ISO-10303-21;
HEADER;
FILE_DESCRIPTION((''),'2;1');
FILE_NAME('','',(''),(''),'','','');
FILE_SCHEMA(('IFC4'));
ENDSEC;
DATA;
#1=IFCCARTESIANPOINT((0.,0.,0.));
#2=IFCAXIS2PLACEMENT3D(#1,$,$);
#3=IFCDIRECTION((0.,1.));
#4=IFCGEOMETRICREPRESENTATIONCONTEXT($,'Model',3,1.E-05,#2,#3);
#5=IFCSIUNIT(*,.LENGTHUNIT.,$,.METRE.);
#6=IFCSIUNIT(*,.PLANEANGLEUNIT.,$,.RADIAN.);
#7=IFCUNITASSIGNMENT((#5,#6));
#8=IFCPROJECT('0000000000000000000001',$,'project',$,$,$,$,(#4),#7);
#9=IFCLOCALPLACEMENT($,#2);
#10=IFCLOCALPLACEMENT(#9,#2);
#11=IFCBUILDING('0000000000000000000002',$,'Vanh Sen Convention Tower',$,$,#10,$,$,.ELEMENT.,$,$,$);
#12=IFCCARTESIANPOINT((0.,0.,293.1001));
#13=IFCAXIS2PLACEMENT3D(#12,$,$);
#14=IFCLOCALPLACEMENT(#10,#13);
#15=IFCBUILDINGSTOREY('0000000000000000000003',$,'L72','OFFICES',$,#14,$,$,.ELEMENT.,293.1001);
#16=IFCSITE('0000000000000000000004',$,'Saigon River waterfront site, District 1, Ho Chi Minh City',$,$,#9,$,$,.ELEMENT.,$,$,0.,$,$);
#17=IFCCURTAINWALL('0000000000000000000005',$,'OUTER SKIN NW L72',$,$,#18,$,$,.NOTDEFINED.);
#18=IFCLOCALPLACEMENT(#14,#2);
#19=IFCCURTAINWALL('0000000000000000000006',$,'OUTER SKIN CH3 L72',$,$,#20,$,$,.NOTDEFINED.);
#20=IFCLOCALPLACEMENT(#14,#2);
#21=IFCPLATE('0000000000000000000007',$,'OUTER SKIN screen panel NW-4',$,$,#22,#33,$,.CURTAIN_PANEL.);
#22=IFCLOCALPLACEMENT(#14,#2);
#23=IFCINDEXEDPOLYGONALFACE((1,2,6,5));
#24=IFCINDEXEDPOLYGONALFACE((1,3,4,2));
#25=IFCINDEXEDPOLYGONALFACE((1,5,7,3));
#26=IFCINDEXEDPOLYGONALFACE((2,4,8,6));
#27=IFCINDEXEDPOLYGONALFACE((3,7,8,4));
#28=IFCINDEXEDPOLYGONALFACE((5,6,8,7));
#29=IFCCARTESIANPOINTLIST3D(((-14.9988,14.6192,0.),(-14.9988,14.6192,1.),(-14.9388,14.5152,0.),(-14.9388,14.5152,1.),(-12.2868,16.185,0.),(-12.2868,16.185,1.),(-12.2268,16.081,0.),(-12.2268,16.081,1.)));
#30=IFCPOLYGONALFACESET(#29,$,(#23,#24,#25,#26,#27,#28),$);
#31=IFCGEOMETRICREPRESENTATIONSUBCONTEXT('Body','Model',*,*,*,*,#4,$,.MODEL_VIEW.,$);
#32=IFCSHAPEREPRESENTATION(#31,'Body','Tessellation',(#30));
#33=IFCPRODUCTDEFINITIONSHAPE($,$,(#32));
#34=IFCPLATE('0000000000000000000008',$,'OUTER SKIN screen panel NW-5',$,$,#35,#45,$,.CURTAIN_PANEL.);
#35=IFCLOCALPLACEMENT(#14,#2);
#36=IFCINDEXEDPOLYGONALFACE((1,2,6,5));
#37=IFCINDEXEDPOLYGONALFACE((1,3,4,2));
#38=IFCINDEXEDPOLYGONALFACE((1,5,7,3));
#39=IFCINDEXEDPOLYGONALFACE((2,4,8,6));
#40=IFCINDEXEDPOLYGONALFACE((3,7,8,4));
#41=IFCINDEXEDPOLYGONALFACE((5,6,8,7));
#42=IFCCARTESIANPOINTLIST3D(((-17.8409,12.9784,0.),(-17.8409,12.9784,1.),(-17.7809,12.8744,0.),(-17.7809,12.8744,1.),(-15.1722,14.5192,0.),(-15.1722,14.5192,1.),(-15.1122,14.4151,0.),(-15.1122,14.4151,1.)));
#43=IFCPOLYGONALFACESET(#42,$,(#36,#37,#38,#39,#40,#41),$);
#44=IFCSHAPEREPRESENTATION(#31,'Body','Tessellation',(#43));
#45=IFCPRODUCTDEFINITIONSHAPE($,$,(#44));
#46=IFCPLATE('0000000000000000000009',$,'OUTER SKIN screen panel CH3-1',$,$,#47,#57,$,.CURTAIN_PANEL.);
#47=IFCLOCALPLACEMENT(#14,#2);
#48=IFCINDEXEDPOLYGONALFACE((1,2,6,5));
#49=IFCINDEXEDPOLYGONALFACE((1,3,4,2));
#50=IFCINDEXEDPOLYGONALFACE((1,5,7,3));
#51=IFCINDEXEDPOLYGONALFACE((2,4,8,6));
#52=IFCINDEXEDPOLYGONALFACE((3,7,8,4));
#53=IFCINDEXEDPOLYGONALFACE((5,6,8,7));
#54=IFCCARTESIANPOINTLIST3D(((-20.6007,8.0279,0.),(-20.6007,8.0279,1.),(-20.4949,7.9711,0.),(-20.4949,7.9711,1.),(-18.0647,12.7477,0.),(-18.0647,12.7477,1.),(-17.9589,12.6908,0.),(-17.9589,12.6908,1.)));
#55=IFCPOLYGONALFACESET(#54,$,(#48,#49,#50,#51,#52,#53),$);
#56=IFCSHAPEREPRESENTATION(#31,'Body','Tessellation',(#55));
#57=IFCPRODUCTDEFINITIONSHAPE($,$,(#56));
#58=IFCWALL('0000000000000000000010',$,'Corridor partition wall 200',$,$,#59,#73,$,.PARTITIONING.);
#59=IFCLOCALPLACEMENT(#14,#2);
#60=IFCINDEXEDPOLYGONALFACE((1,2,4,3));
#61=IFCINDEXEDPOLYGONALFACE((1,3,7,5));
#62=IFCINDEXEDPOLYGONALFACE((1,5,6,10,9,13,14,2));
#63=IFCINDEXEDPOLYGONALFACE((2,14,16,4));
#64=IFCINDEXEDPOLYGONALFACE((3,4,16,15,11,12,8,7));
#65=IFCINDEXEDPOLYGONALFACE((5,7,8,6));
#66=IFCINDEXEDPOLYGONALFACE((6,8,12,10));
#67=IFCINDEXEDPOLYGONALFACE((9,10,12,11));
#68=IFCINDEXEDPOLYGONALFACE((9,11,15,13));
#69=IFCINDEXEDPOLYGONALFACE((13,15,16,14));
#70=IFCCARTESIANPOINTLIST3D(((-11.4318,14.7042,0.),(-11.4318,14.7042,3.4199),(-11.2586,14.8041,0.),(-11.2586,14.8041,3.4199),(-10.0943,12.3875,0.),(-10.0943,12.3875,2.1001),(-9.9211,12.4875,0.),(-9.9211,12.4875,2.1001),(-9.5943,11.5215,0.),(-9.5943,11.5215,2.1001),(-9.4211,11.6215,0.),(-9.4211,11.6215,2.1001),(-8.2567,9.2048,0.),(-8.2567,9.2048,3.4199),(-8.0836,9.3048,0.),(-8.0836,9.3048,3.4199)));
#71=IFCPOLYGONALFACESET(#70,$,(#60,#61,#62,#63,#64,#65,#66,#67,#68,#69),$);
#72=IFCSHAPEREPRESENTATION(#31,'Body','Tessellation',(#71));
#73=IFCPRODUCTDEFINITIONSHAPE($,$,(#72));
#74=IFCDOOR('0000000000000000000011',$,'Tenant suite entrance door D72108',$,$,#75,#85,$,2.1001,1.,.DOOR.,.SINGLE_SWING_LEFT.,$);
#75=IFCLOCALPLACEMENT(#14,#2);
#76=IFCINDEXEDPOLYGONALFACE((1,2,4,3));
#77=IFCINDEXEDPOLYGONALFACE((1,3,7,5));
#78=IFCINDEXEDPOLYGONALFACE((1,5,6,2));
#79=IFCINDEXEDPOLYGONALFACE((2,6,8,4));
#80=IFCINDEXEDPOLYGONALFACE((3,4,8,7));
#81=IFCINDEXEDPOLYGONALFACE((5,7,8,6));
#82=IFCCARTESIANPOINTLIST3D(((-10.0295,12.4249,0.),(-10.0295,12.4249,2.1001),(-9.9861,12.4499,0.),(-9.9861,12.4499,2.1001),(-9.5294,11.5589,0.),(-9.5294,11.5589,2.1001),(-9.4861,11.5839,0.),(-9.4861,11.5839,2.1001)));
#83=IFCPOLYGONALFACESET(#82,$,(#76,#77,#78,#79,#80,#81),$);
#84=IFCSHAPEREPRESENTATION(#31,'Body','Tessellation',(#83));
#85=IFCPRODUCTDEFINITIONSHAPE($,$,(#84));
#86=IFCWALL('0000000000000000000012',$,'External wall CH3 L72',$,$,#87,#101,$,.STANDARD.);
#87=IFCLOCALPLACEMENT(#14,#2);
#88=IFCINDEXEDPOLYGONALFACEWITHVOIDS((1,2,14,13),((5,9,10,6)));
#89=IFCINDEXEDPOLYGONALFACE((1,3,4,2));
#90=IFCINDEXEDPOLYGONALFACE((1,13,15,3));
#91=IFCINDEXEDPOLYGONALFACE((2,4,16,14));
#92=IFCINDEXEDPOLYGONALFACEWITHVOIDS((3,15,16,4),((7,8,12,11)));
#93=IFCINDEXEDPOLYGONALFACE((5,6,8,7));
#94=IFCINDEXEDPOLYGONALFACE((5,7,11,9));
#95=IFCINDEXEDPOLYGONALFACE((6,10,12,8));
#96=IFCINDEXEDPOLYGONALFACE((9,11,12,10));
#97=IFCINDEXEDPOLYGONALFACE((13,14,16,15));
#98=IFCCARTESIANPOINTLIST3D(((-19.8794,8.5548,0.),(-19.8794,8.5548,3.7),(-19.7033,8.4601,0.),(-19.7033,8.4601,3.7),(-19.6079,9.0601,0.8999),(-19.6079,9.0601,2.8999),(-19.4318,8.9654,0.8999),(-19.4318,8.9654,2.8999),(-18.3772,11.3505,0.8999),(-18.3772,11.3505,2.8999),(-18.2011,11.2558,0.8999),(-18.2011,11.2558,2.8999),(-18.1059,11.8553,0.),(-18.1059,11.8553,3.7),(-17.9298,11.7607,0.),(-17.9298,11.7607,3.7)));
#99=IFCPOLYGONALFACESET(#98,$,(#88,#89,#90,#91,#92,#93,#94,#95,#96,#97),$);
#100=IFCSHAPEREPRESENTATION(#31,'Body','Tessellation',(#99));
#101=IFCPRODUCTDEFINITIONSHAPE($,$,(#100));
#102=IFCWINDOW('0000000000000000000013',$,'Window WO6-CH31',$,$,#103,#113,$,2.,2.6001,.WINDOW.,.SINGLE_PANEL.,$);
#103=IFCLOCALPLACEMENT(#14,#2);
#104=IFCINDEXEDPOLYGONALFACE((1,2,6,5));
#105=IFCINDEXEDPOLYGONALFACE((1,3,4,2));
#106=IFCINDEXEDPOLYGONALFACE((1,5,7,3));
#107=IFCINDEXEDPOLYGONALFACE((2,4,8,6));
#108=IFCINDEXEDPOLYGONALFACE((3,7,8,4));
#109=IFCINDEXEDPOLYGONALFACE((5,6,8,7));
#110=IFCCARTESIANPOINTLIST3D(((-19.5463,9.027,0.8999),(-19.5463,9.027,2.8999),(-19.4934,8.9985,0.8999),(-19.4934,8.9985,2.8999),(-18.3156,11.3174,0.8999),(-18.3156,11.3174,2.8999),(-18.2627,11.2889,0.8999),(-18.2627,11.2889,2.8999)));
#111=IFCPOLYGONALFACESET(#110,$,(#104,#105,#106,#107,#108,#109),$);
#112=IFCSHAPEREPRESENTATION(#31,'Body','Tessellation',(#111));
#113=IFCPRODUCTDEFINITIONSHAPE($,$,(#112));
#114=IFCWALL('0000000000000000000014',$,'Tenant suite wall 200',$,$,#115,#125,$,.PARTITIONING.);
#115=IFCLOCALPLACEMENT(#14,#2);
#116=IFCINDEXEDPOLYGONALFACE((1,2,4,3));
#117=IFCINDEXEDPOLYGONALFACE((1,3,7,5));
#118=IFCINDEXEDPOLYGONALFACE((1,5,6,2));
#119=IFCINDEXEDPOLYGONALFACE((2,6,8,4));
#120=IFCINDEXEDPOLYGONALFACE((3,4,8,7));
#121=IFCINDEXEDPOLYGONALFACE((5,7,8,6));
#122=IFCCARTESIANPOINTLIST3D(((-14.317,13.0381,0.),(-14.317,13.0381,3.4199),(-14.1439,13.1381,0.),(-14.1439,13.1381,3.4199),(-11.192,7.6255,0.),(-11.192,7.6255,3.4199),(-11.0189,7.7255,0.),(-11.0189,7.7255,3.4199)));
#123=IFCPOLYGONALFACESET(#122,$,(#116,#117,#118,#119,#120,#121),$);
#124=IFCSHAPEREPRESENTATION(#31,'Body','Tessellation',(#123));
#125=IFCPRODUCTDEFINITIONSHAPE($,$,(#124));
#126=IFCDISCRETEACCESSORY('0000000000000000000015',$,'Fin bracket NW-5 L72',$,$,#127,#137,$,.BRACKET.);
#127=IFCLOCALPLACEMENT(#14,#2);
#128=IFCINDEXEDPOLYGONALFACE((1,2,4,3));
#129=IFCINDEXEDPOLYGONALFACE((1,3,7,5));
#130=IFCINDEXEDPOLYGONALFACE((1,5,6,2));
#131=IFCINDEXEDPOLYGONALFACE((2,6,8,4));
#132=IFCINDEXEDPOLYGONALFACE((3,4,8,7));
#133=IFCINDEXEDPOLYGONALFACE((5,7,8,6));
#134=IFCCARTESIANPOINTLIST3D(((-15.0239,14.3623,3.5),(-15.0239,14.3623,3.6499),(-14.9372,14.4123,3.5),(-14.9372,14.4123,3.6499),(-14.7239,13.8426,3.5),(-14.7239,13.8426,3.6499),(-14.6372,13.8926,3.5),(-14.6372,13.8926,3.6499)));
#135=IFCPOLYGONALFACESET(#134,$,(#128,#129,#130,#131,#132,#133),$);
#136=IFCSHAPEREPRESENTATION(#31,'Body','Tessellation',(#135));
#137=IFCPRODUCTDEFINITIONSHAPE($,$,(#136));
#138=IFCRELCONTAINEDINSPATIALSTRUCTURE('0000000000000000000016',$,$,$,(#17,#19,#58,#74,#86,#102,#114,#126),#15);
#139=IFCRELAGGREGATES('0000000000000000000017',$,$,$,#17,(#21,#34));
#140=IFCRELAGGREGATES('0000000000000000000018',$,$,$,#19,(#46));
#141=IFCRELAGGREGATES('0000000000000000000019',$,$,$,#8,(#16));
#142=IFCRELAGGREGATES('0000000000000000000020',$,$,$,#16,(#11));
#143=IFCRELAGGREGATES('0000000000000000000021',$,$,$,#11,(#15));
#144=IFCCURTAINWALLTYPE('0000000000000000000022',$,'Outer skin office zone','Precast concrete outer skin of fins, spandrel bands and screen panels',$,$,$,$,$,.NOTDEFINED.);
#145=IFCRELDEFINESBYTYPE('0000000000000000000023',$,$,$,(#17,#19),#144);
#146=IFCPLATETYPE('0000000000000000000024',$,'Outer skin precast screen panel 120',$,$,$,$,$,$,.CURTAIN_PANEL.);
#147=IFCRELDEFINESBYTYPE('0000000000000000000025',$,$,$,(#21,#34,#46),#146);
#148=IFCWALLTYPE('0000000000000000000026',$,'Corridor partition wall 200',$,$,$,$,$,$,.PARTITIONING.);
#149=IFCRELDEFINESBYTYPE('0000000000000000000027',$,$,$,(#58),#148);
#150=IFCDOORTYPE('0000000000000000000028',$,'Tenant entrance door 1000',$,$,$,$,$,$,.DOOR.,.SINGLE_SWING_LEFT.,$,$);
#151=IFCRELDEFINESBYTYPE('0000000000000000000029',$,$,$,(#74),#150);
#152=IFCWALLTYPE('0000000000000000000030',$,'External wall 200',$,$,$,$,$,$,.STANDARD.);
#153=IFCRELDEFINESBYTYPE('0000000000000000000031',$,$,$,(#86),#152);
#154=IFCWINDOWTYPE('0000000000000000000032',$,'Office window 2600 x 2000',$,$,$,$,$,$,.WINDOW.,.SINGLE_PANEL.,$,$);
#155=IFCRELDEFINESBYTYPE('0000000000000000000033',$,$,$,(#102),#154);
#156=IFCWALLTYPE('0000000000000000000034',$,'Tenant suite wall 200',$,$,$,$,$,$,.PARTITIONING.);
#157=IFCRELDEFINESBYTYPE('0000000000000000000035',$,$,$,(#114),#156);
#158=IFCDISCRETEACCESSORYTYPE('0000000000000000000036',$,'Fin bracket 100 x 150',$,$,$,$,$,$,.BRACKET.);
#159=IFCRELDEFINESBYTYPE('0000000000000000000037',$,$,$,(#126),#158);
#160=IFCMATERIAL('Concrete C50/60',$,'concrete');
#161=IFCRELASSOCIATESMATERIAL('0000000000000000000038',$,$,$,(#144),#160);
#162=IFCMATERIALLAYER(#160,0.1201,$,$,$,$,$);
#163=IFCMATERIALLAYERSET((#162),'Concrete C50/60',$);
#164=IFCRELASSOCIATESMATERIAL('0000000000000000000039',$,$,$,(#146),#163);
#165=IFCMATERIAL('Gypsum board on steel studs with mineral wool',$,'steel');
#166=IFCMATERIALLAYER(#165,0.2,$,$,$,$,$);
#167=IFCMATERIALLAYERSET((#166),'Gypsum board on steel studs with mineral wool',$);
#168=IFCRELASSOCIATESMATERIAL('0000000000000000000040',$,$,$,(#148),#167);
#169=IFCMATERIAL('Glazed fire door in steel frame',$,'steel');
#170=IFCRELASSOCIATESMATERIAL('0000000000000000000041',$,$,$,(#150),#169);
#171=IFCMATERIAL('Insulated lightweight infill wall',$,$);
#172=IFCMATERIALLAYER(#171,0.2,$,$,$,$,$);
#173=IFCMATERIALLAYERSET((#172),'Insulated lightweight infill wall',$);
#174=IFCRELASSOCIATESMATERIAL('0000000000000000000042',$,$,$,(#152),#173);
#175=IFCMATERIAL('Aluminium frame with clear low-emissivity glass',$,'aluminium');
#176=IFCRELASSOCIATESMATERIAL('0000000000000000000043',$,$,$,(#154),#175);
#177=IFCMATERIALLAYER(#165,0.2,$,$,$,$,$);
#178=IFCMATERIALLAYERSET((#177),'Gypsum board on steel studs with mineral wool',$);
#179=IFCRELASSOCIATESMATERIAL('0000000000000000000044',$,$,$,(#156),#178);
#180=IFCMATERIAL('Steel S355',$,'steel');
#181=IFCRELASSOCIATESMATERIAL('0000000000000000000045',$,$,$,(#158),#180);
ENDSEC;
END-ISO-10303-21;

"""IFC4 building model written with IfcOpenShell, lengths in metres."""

from ifc_helpers import new_model, si_unit, direction, frame, frame_2d, origin, origin_2d, place, context, subcontext, project, spatial, rectangle, extrude, material, layer, layer_set, type_object, element, fill, aggregate, save


model = new_model("IFC4")

# Units and contexts
model_context = context("Model", 3, precision=1e-05, world=origin(), true_north=direction((0.0, 1.0)))
body_context = subcontext(model_context, "Body", "Model", "MODEL_VIEW")
ifc_project = project(units=[si_unit("LENGTHUNIT", "METRE"), si_unit("PLANEANGLEUNIT", "RADIAN")], contexts=[model_context])

# Site, building, storey
site_placement = place(None, origin())
site = spatial("IfcSite", under=ifc_project, at=site_placement, Name="Saigon River waterfront site, District 1, Ho Chi Minh City", CompositionType="ELEMENT", RefElevation=0.0)
building_placement = place(site_placement, origin())
building = spatial("IfcBuilding", under=site, at=building_placement, Name="Vanh Sen Convention Tower", CompositionType="ELEMENT")
storey_placement = place(building_placement, frame((0.0, 0.0, 293.1001)))
storey = spatial("IfcBuildingStorey", under=building, at=storey_placement, Name="L72", Description="OFFICES", CompositionType="ELEMENT", Elevation=293.1001)

# Curtain wall
ifc_material_1 = material(Name="Concrete C50/60", Category="concrete")
curtain_wall_type = type_object("IfcCurtainWallType", Name="Outer skin office zone", Description="Precast concrete outer skin of fins, spandrel bands and screen panels", PredefinedType="NOTDEFINED", material=ifc_material_1)
curtain_wall_1_placement = place(storey_placement, origin())
curtain_wall_1 = element("IfcCurtainWall", 1, at=curtain_wall_1_placement, inside=storey, type_object=curtain_wall_type, Name="OUTER SKIN NW L72", PredefinedType="NOTDEFINED")

# Curtain wall
curtain_wall_2_placement = place(storey_placement, origin())
curtain_wall_2 = element("IfcCurtainWall", 2, at=curtain_wall_2_placement, inside=storey, type_object=curtain_wall_type, Name="OUTER SKIN CH3 L72", PredefinedType="NOTDEFINED")

# Plates
ifc_layer_1 = layer(ifc_material_1, 0.1201)
ifc_layer_set_1 = layer_set([ifc_layer_1], Name="Concrete C50/60")
plate_type = type_object("IfcPlateType", Name="Outer skin precast screen panel 120", PredefinedType="CURTAIN_PANEL", material=ifc_layer_set_1)
plate_1_placement = place(storey_placement, frame((-13.6128, 15.3501, 0.0), z_axis=(0.0, 0.0, 1.0), x_axis=(-0.866016, -0.500017, 0.0)))
plate_1 = element("IfcPlate", 3, at=plate_1_placement, type_object=plate_type, Name="OUTER SKIN screen panel NW-4", PredefinedType="CURTAIN_PANEL", context=body_context, shape_type="SweptSolid", body=[
    extrude(rectangle(XDim=3.1316, YDim=0.1201, at=origin_2d()), origin(), (0.0, 0.0, 1.0), 1.0),
])
plate_2_placement = place(storey_placement, frame((-16.4766, 13.6968, 0.0), z_axis=(0.0, 0.0, 1.0), x_axis=(-0.866029, -0.499994, 0.0)))
plate_2 = element("IfcPlate", 4, at=plate_2_placement, type_object=plate_type, Name="OUTER SKIN screen panel NW-5", PredefinedType="CURTAIN_PANEL", context=body_context, shape_type="SweptSolid", body=[
    extrude(rectangle(XDim=3.0815, YDim=0.1201, at=origin_2d()), origin(), (0.0, 0.0, 1.0), 1.0),
])
aggregate(curtain_wall_1, [plate_1, plate_2])
plate_3_placement = place(storey_placement, frame((-19.2798, 10.3594, 0.0), z_axis=(0.0, 0.0, 1.0), x_axis=(-0.473324, -0.880888, 0.0)))
plate_3 = element("IfcPlate", 5, at=plate_3_placement, type_object=plate_type, Name="OUTER SKIN screen panel CH3-1", PredefinedType="CURTAIN_PANEL", context=body_context, shape_type="SweptSolid", body=[
    extrude(rectangle(XDim=5.3579, YDim=0.1201, at=origin_2d()), origin(), (0.0, 0.0, 1.0), 1.0),
])
aggregate(curtain_wall_2, [plate_3])

# Wall, opening, door
ifc_material_2 = material(Name="Gypsum board on steel studs with mineral wool", Category="steel")
ifc_layer_2 = layer(ifc_material_2, 0.2)
ifc_layer_set_2 = layer_set([ifc_layer_2], Name="Gypsum board on steel studs with mineral wool")
wall_type_1 = type_object("IfcWallType", Name="Corridor partition wall 200", PredefinedType="PARTITIONING", material=ifc_layer_set_2)
wall_1_placement = place(storey_placement, frame((-11.3452, 14.7542, 0.0), z_axis=(0.0, 0.0, 1.0), x_axis=(0.500005, -0.866022, 0.0)))
wall_1 = element("IfcWall", 6, at=wall_1_placement, inside=storey, type_object=wall_type_1, Name="Corridor partition wall 200", PredefinedType="PARTITIONING", context=body_context, shape_type="SweptSolid", body=[
    extrude(rectangle(XDim=6.3501, YDim=0.2, at=frame_2d((3.175, 0.0))), origin(), (0.0, 0.0, 1.0), 3.4199),
])
opening_1_placement = place(wall_1_placement, frame((2.675, 0.0, 0.0)))
opening_1 = element("IfcOpeningElement", 7, at=opening_1_placement, cuts=wall_1, PredefinedType="OPENING", context=body_context, shape_type="SweptSolid", body=[
    extrude(rectangle(XDim=1.0, YDim=2.1001, at=frame_2d((0.5, 1.05))), frame((0.0, 0.1099, 0.0), z_axis=(0.0, -1.0, 0.0), x_axis=(1.0, 0.0, 0.0)), (0.0, 0.0, 1.0), 0.22),
])
ifc_material_3 = material(Name="Glazed fire door in steel frame", Category="steel")
door_type = type_object("IfcDoorType", Name="Tenant entrance door 1000", OperationType="SINGLE_SWING_LEFT", PredefinedType="DOOR", material=ifc_material_3)
door_placement = place(opening_1_placement, origin())
door = element("IfcDoor", 8, at=door_placement, inside=storey, type_object=door_type, Name="Tenant suite entrance door D72108", OperationType="SINGLE_SWING_LEFT", OverallHeight=2.1001, OverallWidth=1.0, PredefinedType="DOOR", context=body_context, shape_type="SweptSolid", body=[
    extrude(rectangle(XDim=1.0, YDim=2.1001, at=frame_2d((0.5, 1.05))), frame((0.0, 0.0249, 0.0), z_axis=(0.0, -1.0, 0.0), x_axis=(1.0, 0.0, 0.0)), (0.0, 0.0, 1.0), 0.05),
])
fill(opening_1, door)

# Wall, opening, window
ifc_material_4 = material(Name="Insulated lightweight infill wall")
ifc_layer_3 = layer(ifc_material_4, 0.2)
ifc_layer_set_3 = layer_set([ifc_layer_3], Name="Insulated lightweight infill wall")
wall_type_2 = type_object("IfcWallType", Name="External wall 200", PredefinedType="STANDARD", material=ifc_layer_set_3)
wall_2_placement = place(storey_placement, frame((-18.0178, 11.8081, 0.0), z_axis=(0.0, 0.0, 1.0), x_axis=(-0.473319, -0.880891, 0.0)))
wall_2 = element("IfcWall", 9, at=wall_2_placement, inside=storey, type_object=wall_type_2, Name="External wall CH3 L72", PredefinedType="STANDARD", context=body_context, shape_type="SweptSolid", body=[
    extrude(rectangle(XDim=3.7468, YDim=0.2, at=frame_2d((1.8735, 0.0))), origin(), (0.0, 0.0, 1.0), 3.7),
])
opening_2_placement = place(wall_2_placement, frame((0.5732, 0.0, 0.8999)))
opening_2 = element("IfcOpeningElement", 10, at=opening_2_placement, cuts=wall_2, PredefinedType="OPENING", context=body_context, shape_type="SweptSolid", body=[
    extrude(rectangle(XDim=2.6001, YDim=2.0, at=frame_2d((1.3, 1.0))), frame((0.0, 0.1099, 0.0), z_axis=(0.0, -1.0, 0.0), x_axis=(1.0, 0.0, 0.0)), (0.0, 0.0, 1.0), 0.22),
])
ifc_material_5 = material(Name="Aluminium frame with clear low-emissivity glass", Category="aluminium")
window_type = type_object("IfcWindowType", Name="Office window 2600 x 2000", PartitioningType="SINGLE_PANEL", PredefinedType="WINDOW", material=ifc_material_5)
window_placement = place(opening_2_placement, origin())
window = element("IfcWindow", 11, at=window_placement, inside=storey, type_object=window_type, Name="Window WO6-CH31", OverallHeight=2.0, OverallWidth=2.6001, PartitioningType="SINGLE_PANEL", PredefinedType="WINDOW", context=body_context, shape_type="SweptSolid", body=[
    extrude(rectangle(XDim=2.6001, YDim=2.0, at=frame_2d((1.3, 1.0))), frame((0.0, 0.03, 0.0), z_axis=(0.0, -1.0, 0.0), x_axis=(1.0, 0.0, 0.0)), (0.0, 0.0, 1.0), 0.0601),
])
fill(opening_2, window)

# Wall
ifc_layer_4 = layer(ifc_material_2, 0.2)
ifc_layer_set_4 = layer_set([ifc_layer_4], Name="Gypsum board on steel studs with mineral wool")
wall_type_3 = type_object("IfcWallType", Name="Tenant suite wall 200", PredefinedType="PARTITIONING", material=ifc_layer_set_4)
wall_3_placement = place(storey_placement, frame((-14.2305, 13.0881, 0.0), z_axis=(0.0, 0.0, 1.0), x_axis=(0.500004, -0.866023, 0.0)))
element("IfcWall", 12, at=wall_3_placement, inside=storey, type_object=wall_type_3, Name="Tenant suite wall 200", PredefinedType="PARTITIONING", context=body_context, shape_type="SweptSolid", body=[
    extrude(rectangle(XDim=6.25, YDim=0.2, at=frame_2d((3.125, 0.0))), origin(), (0.0, 0.0, 1.0), 3.4199),
])

# Discrete accessory
ifc_material_6 = material(Name="Steel S355", Category="steel")
discrete_accessory_type = type_object("IfcDiscreteAccessoryType", Name="Fin bracket 100 x 150", PredefinedType="BRACKET", material=ifc_material_6)
discrete_accessory_placement = place(storey_placement, frame((-14.8306, 14.1274, 3.5), z_axis=(0.0, 0.0, 1.0), x_axis=(-0.5, 0.866025, 0.0)))
element("IfcDiscreteAccessory", 13, at=discrete_accessory_placement, inside=storey, type_object=discrete_accessory_type, Name="Fin bracket NW-5 L72", PredefinedType="BRACKET", context=body_context, shape_type="SweptSolid", body=[
    extrude(rectangle(XDim=0.6001, YDim=0.1001, at=origin_2d()), origin(), (0.0, 0.0, 1.0), 0.1499),
])

save(model, "model.ifc")
